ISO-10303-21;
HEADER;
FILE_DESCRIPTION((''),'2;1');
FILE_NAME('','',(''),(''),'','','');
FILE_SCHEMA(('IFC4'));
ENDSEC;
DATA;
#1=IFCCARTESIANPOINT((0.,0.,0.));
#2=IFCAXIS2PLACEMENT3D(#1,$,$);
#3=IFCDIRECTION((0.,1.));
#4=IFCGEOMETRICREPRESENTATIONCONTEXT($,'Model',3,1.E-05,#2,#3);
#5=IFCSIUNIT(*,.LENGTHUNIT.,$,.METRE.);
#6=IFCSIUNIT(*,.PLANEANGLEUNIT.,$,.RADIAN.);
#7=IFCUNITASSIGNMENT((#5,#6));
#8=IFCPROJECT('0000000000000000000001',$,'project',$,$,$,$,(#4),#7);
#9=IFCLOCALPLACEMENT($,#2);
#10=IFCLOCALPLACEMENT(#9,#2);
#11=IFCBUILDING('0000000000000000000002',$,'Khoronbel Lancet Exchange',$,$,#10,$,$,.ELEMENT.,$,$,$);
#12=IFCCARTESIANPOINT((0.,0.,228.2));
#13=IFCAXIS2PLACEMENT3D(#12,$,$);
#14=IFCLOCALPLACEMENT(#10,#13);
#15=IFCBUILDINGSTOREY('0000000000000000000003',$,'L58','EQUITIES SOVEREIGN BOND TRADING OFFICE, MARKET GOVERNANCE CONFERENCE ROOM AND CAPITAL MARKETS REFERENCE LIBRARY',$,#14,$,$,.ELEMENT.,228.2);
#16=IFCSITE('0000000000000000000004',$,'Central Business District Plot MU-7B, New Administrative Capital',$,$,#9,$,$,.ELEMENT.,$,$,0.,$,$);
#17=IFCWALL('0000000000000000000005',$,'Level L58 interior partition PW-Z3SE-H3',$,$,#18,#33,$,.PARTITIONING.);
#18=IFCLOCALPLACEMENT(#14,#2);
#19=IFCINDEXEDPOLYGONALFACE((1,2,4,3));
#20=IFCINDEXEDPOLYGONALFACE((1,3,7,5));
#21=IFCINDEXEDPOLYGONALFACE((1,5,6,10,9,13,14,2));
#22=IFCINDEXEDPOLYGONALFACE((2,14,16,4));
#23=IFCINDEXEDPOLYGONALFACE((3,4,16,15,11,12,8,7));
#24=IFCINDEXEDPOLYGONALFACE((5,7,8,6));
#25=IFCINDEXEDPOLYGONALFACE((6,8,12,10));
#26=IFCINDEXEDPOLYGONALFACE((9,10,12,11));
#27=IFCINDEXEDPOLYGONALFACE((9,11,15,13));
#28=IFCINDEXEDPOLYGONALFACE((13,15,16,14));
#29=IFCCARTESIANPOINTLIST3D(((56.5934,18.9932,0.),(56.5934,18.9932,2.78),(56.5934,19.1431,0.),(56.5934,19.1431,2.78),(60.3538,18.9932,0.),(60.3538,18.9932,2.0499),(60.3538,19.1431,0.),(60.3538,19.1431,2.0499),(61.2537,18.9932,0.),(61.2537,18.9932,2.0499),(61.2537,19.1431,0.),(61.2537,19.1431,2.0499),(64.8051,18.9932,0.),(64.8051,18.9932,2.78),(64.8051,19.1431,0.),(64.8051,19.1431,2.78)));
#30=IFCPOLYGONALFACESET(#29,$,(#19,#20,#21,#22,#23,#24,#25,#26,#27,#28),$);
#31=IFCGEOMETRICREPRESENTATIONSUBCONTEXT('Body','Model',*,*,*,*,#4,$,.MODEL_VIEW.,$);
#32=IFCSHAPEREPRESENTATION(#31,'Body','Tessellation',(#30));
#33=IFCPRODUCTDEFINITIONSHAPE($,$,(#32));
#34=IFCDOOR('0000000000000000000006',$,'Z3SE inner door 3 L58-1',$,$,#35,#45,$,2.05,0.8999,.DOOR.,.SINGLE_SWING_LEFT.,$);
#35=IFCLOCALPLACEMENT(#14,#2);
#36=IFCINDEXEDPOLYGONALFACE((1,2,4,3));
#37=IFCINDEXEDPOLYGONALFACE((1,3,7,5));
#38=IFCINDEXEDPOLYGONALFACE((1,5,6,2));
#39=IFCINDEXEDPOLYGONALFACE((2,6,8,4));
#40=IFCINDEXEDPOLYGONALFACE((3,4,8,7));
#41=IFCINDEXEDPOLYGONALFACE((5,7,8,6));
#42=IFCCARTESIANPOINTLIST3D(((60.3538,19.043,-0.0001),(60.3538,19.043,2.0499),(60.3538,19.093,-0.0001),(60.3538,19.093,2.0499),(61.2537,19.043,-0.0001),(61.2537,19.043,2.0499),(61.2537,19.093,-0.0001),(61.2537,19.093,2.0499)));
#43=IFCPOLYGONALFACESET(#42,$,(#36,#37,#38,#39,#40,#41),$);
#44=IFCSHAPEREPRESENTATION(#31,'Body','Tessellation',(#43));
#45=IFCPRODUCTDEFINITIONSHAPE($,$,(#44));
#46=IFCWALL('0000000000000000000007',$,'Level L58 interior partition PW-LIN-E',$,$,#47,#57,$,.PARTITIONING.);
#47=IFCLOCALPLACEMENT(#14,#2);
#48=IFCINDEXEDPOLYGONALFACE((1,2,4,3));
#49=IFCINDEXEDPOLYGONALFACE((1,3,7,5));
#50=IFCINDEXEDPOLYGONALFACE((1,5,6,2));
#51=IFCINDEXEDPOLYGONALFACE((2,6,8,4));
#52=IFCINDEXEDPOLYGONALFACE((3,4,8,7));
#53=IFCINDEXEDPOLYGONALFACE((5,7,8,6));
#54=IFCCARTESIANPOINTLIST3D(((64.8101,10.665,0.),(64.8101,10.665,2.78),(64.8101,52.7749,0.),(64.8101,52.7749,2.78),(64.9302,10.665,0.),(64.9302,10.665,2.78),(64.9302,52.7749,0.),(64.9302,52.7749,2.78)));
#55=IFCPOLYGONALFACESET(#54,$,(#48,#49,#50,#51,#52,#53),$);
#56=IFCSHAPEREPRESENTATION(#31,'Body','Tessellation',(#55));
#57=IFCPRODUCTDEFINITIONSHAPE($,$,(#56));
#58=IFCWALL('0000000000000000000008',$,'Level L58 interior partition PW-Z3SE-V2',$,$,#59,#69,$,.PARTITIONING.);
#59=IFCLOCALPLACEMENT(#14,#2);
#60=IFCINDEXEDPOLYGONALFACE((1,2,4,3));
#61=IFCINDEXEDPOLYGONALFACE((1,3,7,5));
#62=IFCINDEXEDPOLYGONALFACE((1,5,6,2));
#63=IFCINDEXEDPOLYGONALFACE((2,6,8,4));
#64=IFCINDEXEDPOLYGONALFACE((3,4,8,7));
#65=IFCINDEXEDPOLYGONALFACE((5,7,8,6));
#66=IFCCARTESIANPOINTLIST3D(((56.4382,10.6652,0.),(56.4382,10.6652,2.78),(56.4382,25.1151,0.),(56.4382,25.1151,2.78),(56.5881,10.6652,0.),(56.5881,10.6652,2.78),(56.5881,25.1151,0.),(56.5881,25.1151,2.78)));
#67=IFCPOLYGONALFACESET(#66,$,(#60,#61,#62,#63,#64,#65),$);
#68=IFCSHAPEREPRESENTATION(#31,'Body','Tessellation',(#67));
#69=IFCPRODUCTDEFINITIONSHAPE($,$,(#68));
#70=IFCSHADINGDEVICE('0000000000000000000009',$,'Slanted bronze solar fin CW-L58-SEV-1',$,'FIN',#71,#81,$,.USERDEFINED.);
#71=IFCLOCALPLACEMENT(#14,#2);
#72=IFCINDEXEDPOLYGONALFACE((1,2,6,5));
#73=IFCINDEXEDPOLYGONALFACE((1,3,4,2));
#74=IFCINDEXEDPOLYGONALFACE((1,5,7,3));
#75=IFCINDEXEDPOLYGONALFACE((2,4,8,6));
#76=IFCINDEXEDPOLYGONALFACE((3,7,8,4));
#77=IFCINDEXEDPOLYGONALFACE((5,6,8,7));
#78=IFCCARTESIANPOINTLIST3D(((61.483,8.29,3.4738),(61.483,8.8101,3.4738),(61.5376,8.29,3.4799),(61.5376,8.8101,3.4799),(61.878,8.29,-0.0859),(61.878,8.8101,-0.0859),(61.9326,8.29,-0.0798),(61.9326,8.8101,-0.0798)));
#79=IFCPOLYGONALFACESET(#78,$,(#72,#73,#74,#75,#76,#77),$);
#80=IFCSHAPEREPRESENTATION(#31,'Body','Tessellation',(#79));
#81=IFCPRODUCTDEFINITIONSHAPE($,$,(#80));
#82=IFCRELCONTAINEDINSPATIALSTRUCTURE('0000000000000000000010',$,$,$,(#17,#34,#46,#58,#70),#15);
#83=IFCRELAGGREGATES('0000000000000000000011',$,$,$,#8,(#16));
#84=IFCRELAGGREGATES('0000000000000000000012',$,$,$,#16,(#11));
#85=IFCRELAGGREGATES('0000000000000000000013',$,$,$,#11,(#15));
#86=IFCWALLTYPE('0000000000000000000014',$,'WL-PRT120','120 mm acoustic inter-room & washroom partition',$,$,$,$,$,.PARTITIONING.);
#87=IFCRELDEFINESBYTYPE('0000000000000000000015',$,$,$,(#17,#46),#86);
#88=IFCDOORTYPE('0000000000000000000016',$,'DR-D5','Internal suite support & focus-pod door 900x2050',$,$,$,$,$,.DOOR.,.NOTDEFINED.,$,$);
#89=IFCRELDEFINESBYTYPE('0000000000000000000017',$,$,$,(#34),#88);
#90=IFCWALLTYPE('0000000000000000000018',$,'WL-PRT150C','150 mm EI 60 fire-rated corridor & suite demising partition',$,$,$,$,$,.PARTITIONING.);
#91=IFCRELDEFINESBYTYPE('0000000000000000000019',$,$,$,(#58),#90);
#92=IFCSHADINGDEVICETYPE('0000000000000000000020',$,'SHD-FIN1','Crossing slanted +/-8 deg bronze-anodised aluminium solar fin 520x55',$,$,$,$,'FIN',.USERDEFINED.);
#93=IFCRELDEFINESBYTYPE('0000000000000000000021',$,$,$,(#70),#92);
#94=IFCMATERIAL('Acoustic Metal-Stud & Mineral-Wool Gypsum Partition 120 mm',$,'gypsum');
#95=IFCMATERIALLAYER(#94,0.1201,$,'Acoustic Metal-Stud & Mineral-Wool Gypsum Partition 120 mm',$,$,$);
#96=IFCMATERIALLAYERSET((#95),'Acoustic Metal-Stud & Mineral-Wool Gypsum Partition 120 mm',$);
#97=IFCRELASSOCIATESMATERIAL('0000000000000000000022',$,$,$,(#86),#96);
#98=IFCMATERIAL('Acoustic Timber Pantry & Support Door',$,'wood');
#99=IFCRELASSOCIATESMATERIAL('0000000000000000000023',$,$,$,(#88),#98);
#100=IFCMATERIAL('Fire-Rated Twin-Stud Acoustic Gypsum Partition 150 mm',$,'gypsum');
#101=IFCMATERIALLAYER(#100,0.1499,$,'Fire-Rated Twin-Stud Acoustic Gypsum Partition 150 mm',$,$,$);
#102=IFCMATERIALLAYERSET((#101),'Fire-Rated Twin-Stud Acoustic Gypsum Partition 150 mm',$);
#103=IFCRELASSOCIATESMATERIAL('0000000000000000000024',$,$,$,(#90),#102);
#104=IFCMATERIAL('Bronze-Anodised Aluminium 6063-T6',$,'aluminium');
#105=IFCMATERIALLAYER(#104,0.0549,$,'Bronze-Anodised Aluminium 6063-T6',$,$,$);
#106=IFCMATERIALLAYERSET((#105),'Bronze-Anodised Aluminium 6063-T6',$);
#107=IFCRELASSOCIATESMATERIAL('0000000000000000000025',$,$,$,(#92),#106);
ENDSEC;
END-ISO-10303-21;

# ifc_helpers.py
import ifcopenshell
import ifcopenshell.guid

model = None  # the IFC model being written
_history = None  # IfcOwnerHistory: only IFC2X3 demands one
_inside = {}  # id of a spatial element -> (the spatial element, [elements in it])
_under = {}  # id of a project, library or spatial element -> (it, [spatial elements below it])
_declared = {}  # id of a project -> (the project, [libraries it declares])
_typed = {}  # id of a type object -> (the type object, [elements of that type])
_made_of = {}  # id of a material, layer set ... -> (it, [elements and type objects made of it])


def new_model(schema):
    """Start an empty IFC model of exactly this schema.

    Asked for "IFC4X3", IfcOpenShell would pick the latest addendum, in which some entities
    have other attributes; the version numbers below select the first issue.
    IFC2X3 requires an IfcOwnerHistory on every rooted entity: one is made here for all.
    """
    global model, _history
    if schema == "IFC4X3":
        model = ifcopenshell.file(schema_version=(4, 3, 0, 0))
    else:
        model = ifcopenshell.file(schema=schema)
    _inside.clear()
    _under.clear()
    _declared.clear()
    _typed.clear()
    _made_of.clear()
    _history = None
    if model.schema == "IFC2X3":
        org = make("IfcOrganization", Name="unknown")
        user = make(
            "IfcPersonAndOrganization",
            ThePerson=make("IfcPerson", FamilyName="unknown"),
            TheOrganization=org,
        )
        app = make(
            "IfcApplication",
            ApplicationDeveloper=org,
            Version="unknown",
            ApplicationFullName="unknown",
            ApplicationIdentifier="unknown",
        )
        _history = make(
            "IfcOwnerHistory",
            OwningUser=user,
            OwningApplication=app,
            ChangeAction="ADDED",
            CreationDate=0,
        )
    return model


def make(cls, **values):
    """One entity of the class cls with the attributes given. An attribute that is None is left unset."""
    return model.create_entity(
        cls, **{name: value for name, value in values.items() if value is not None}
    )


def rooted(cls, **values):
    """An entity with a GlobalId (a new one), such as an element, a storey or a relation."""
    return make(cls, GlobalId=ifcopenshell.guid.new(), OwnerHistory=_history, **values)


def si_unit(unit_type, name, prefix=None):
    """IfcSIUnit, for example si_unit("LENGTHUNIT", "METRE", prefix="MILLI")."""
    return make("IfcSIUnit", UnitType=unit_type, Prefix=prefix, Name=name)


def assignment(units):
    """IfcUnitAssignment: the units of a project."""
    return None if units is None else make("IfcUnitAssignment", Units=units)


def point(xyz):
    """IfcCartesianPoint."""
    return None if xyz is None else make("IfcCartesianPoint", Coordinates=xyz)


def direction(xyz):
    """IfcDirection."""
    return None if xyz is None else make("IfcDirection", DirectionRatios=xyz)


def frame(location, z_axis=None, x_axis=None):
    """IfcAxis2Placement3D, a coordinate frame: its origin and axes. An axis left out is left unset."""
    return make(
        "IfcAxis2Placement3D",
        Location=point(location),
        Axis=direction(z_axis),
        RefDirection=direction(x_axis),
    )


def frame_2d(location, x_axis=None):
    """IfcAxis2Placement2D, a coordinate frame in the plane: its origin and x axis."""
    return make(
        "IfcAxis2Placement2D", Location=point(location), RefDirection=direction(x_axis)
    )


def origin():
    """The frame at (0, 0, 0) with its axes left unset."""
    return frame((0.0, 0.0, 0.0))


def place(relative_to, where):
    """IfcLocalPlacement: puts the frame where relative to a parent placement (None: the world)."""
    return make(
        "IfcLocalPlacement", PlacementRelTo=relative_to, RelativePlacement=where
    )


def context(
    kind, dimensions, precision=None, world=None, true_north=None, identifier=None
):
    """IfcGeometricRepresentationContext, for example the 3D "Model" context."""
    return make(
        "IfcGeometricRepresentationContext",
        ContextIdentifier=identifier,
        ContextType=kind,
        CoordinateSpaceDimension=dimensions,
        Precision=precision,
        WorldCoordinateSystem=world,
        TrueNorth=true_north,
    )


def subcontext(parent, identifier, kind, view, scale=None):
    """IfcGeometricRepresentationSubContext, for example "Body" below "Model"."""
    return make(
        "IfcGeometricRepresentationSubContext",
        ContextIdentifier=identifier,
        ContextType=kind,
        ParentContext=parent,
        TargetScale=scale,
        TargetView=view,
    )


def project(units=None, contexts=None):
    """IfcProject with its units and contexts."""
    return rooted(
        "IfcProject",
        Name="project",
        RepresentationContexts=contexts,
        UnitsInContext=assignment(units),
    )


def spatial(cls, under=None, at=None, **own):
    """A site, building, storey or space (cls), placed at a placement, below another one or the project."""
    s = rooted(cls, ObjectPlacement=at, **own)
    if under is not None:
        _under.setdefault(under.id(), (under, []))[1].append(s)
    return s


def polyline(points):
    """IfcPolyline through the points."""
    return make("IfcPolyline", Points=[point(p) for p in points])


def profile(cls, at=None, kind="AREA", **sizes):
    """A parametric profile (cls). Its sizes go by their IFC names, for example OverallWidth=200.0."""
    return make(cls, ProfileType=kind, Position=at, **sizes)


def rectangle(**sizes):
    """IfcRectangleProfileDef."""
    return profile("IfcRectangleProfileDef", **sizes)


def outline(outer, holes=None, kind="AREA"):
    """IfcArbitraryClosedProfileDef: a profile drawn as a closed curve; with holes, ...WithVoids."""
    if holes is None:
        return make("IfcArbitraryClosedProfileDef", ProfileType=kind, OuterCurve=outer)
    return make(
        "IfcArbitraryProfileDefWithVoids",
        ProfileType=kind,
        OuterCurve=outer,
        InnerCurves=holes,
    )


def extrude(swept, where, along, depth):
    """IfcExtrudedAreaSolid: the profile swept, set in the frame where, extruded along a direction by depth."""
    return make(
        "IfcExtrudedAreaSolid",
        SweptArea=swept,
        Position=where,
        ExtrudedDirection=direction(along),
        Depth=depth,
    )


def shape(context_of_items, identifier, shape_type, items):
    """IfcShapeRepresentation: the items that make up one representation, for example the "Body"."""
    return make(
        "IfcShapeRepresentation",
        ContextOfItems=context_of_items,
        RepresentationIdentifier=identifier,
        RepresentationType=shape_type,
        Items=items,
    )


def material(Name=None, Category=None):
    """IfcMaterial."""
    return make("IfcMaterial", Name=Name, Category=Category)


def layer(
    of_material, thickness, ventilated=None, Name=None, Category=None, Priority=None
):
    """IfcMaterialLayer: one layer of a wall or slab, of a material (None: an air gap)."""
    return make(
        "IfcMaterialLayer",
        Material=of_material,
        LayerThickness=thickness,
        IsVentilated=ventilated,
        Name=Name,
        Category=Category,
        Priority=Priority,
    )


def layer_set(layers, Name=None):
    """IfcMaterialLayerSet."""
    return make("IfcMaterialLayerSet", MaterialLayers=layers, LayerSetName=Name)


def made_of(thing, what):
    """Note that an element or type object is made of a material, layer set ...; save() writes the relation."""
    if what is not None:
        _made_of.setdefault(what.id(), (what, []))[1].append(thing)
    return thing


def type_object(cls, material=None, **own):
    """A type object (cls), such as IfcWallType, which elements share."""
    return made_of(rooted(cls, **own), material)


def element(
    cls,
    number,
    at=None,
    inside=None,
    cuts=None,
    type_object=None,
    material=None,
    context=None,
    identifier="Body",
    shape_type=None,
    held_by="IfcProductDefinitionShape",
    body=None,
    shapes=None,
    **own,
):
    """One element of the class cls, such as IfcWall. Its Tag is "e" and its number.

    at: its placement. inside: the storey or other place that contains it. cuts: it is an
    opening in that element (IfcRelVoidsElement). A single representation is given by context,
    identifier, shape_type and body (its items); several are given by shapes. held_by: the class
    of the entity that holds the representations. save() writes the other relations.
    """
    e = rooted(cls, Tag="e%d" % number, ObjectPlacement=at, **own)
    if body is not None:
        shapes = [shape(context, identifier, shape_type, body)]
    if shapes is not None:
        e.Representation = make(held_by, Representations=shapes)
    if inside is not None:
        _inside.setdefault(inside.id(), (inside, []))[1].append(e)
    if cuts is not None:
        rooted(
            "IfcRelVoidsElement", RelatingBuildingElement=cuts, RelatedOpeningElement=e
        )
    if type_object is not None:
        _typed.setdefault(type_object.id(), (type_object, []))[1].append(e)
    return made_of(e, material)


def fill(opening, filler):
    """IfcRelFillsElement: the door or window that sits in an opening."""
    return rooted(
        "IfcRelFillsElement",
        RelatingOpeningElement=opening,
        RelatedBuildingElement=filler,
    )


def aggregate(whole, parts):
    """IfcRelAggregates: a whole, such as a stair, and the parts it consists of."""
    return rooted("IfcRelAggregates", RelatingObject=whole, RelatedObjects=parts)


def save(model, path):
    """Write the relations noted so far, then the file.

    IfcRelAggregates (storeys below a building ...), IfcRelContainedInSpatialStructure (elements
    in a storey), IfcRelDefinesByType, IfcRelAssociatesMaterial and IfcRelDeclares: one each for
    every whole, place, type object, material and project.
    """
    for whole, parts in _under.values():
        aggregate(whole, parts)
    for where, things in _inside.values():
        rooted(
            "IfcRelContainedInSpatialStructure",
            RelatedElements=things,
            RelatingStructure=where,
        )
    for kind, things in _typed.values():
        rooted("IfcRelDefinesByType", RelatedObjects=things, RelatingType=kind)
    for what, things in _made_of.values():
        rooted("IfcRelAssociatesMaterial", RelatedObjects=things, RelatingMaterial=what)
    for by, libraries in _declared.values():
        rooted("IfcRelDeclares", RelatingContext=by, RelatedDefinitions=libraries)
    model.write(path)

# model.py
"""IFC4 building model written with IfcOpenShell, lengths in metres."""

from ifc_helpers import new_model, si_unit, direction, frame, frame_2d, origin, place, context, subcontext, project, spatial, polyline, rectangle, outline, extrude, material, layer, layer_set, type_object, element, fill, save


model = new_model("IFC4")

# Units and contexts
model_context = context("Model", 3, precision=1e-05, world=origin(), true_north=direction((0.0, 1.0)))
body_context = subcontext(model_context, "Body", "Model", "MODEL_VIEW")
ifc_project = project(units=[si_unit("LENGTHUNIT", "METRE"), si_unit("PLANEANGLEUNIT", "RADIAN")], contexts=[model_context])

# Site, building, storey
site_placement = place(None, origin())
site = spatial("IfcSite", under=ifc_project, at=site_placement, Name="Central Business District Plot MU-7B, New Administrative Capital", CompositionType="ELEMENT", RefElevation=0.0)
building_placement = place(site_placement, origin())
building = spatial("IfcBuilding", under=site, at=building_placement, Name="Khoronbel Lancet Exchange", CompositionType="ELEMENT")
storey_placement = place(building_placement, frame((0.0, 0.0, 228.2)))
storey = spatial("IfcBuildingStorey", under=building, at=storey_placement, Name="L58", Description="EQUITIES SOVEREIGN BOND TRADING OFFICE, MARKET GOVERNANCE CONFERENCE ROOM AND CAPITAL MARKETS REFERENCE LIBRARY", CompositionType="ELEMENT", Elevation=228.2)

# Shared definitions
ifc_material_1 = material(Name="Bronze-Anodised Aluminium 6063-T6", Category="aluminium")

# Wall, opening, door
ifc_material_2 = material(Name="Acoustic Metal-Stud & Mineral-Wool Gypsum Partition 120 mm", Category="gypsum")
ifc_layer_1 = layer(ifc_material_2, 0.1201, Name="Acoustic Metal-Stud & Mineral-Wool Gypsum Partition 120 mm")
ifc_layer_set_1 = layer_set([ifc_layer_1], Name="Acoustic Metal-Stud & Mineral-Wool Gypsum Partition 120 mm")
wall_type_1 = type_object("IfcWallType", Name="WL-PRT120", Description="120 mm acoustic inter-room & washroom partition", PredefinedType="PARTITIONING", material=ifc_layer_set_1)
wall_1_placement = place(storey_placement, frame((56.5933, 19.0681, 0.0), z_axis=(0.0, 0.0, 1.0), x_axis=(1.0, 0.0, 0.0)))
wall_1 = element("IfcWall", 1, at=wall_1_placement, inside=storey, type_object=wall_type_1, Name="Level L58 interior partition PW-Z3SE-H3", PredefinedType="PARTITIONING", context=body_context, shape_type="SweptSolid", body=[
    extrude(rectangle(XDim=8.2117, YDim=0.1499, at=frame_2d((4.106, 0.0))), origin(), (0.0, 0.0, 1.0), 2.78),
])
opening_placement = place(wall_1_placement, frame((3.7605, 0.0, 0.0)))
opening = element("IfcOpeningElement", 2, at=opening_placement, cuts=wall_1, PredefinedType="OPENING", context=body_context, shape_type="SweptSolid", body=[
    extrude(rectangle(XDim=0.8999, YDim=2.05, at=frame_2d((0.45, 1.0249))), frame((0.0, 0.085, 0.0), z_axis=(0.0, -1.0, 0.0), x_axis=(1.0, 0.0, 0.0)), (0.0, 0.0, 1.0), 0.1699),
])
ifc_material_3 = material(Name="Acoustic Timber Pantry & Support Door", Category="wood")
door_type = type_object("IfcDoorType", Name="DR-D5", Description="Internal suite support & focus-pod door 900x2050", OperationType="NOTDEFINED", PredefinedType="DOOR", material=ifc_material_3)
door_placement = place(opening_placement, origin())
door = element("IfcDoor", 3, at=door_placement, inside=storey, type_object=door_type, Name="Z3SE inner door 3 L58-1", OperationType="SINGLE_SWING_LEFT", OverallHeight=2.05, OverallWidth=0.8999, PredefinedType="DOOR", context=body_context, shape_type="SweptSolid", body=[
    extrude(rectangle(XDim=0.8999, YDim=2.05, at=frame_2d((0.45, 1.0249))), frame((0.0, 0.0249, 0.0), z_axis=(0.0, -1.0, 0.0), x_axis=(1.0, 0.0, 0.0)), (0.0, 0.0, 1.0), 0.05),
])
fill(opening, door)

# Walls
wall_2_placement = place(storey_placement, frame((64.8701, 10.665, 0.0), z_axis=(0.0, 0.0, 1.0), x_axis=(0.0, 1.0, 0.0)))
element("IfcWall", 4, at=wall_2_placement, inside=storey, type_object=wall_type_1, Name="Level L58 interior partition PW-LIN-E", PredefinedType="PARTITIONING", context=body_context, shape_type="SweptSolid", body=[
    extrude(rectangle(XDim=42.1099, YDim=0.1201, at=frame_2d((21.0549, 0.0))), origin(), (0.0, 0.0, 1.0), 2.78),
])
ifc_material_4 = material(Name="Fire-Rated Twin-Stud Acoustic Gypsum Partition 150 mm", Category="gypsum")
ifc_layer_2 = layer(ifc_material_4, 0.1499, Name="Fire-Rated Twin-Stud Acoustic Gypsum Partition 150 mm")
ifc_layer_set_2 = layer_set([ifc_layer_2], Name="Fire-Rated Twin-Stud Acoustic Gypsum Partition 150 mm")
wall_type_2 = type_object("IfcWallType", Name="WL-PRT150C", Description="150 mm EI 60 fire-rated corridor & suite demising partition", PredefinedType="PARTITIONING", material=ifc_layer_set_2)
wall_3_placement = place(storey_placement, frame((56.5132, 10.665, 0.0), z_axis=(0.0, 0.0, 1.0), x_axis=(0.0, 1.0, 0.0)))
element("IfcWall", 5, at=wall_3_placement, inside=storey, type_object=wall_type_2, Name="Level L58 interior partition PW-Z3SE-V2", PredefinedType="PARTITIONING", context=body_context, shape_type="SweptSolid", body=[
    extrude(rectangle(XDim=14.45, YDim=0.1499, at=frame_2d((7.2251, 0.0))), origin(), (0.0, 0.0, 1.0), 2.78),
])

# Shading device
ifc_layer_3 = layer(ifc_material_1, 0.0549, Name="Bronze-Anodised Aluminium 6063-T6")
ifc_layer_set_3 = layer_set([ifc_layer_3], Name="Bronze-Anodised Aluminium 6063-T6")
shading_device_type = type_object("IfcShadingDeviceType", Name="SHD-FIN1", Description="Crossing slanted +/-8 deg bronze-anodised aluminium solar fin 520x55", ElementType="FIN", PredefinedType="USERDEFINED", material=ifc_layer_set_3)
shading_device_placement = place(storey_placement, frame((61.9326, 8.8101, -0.0798), z_axis=(0.9939, 0.0, 0.110289), x_axis=(0.0, -1.0, 0.0)))
element("IfcShadingDevice", 6, at=shading_device_placement, inside=storey, type_object=shading_device_type, Name="Slanted bronze solar fin CW-L58-SEV-1", ObjectType="FIN", PredefinedType="USERDEFINED", context=body_context, shape_type="SweptSolid", body=[
    extrude(outline(polyline([(0.0, 0.0), (0.52, 0.0), (0.52, -3.5815), (0.0, -3.5815), (0.0, 0.0)])), origin(), (0.0, 0.0, -1.0), 0.0549),
])

save(model, "model.ifc")
